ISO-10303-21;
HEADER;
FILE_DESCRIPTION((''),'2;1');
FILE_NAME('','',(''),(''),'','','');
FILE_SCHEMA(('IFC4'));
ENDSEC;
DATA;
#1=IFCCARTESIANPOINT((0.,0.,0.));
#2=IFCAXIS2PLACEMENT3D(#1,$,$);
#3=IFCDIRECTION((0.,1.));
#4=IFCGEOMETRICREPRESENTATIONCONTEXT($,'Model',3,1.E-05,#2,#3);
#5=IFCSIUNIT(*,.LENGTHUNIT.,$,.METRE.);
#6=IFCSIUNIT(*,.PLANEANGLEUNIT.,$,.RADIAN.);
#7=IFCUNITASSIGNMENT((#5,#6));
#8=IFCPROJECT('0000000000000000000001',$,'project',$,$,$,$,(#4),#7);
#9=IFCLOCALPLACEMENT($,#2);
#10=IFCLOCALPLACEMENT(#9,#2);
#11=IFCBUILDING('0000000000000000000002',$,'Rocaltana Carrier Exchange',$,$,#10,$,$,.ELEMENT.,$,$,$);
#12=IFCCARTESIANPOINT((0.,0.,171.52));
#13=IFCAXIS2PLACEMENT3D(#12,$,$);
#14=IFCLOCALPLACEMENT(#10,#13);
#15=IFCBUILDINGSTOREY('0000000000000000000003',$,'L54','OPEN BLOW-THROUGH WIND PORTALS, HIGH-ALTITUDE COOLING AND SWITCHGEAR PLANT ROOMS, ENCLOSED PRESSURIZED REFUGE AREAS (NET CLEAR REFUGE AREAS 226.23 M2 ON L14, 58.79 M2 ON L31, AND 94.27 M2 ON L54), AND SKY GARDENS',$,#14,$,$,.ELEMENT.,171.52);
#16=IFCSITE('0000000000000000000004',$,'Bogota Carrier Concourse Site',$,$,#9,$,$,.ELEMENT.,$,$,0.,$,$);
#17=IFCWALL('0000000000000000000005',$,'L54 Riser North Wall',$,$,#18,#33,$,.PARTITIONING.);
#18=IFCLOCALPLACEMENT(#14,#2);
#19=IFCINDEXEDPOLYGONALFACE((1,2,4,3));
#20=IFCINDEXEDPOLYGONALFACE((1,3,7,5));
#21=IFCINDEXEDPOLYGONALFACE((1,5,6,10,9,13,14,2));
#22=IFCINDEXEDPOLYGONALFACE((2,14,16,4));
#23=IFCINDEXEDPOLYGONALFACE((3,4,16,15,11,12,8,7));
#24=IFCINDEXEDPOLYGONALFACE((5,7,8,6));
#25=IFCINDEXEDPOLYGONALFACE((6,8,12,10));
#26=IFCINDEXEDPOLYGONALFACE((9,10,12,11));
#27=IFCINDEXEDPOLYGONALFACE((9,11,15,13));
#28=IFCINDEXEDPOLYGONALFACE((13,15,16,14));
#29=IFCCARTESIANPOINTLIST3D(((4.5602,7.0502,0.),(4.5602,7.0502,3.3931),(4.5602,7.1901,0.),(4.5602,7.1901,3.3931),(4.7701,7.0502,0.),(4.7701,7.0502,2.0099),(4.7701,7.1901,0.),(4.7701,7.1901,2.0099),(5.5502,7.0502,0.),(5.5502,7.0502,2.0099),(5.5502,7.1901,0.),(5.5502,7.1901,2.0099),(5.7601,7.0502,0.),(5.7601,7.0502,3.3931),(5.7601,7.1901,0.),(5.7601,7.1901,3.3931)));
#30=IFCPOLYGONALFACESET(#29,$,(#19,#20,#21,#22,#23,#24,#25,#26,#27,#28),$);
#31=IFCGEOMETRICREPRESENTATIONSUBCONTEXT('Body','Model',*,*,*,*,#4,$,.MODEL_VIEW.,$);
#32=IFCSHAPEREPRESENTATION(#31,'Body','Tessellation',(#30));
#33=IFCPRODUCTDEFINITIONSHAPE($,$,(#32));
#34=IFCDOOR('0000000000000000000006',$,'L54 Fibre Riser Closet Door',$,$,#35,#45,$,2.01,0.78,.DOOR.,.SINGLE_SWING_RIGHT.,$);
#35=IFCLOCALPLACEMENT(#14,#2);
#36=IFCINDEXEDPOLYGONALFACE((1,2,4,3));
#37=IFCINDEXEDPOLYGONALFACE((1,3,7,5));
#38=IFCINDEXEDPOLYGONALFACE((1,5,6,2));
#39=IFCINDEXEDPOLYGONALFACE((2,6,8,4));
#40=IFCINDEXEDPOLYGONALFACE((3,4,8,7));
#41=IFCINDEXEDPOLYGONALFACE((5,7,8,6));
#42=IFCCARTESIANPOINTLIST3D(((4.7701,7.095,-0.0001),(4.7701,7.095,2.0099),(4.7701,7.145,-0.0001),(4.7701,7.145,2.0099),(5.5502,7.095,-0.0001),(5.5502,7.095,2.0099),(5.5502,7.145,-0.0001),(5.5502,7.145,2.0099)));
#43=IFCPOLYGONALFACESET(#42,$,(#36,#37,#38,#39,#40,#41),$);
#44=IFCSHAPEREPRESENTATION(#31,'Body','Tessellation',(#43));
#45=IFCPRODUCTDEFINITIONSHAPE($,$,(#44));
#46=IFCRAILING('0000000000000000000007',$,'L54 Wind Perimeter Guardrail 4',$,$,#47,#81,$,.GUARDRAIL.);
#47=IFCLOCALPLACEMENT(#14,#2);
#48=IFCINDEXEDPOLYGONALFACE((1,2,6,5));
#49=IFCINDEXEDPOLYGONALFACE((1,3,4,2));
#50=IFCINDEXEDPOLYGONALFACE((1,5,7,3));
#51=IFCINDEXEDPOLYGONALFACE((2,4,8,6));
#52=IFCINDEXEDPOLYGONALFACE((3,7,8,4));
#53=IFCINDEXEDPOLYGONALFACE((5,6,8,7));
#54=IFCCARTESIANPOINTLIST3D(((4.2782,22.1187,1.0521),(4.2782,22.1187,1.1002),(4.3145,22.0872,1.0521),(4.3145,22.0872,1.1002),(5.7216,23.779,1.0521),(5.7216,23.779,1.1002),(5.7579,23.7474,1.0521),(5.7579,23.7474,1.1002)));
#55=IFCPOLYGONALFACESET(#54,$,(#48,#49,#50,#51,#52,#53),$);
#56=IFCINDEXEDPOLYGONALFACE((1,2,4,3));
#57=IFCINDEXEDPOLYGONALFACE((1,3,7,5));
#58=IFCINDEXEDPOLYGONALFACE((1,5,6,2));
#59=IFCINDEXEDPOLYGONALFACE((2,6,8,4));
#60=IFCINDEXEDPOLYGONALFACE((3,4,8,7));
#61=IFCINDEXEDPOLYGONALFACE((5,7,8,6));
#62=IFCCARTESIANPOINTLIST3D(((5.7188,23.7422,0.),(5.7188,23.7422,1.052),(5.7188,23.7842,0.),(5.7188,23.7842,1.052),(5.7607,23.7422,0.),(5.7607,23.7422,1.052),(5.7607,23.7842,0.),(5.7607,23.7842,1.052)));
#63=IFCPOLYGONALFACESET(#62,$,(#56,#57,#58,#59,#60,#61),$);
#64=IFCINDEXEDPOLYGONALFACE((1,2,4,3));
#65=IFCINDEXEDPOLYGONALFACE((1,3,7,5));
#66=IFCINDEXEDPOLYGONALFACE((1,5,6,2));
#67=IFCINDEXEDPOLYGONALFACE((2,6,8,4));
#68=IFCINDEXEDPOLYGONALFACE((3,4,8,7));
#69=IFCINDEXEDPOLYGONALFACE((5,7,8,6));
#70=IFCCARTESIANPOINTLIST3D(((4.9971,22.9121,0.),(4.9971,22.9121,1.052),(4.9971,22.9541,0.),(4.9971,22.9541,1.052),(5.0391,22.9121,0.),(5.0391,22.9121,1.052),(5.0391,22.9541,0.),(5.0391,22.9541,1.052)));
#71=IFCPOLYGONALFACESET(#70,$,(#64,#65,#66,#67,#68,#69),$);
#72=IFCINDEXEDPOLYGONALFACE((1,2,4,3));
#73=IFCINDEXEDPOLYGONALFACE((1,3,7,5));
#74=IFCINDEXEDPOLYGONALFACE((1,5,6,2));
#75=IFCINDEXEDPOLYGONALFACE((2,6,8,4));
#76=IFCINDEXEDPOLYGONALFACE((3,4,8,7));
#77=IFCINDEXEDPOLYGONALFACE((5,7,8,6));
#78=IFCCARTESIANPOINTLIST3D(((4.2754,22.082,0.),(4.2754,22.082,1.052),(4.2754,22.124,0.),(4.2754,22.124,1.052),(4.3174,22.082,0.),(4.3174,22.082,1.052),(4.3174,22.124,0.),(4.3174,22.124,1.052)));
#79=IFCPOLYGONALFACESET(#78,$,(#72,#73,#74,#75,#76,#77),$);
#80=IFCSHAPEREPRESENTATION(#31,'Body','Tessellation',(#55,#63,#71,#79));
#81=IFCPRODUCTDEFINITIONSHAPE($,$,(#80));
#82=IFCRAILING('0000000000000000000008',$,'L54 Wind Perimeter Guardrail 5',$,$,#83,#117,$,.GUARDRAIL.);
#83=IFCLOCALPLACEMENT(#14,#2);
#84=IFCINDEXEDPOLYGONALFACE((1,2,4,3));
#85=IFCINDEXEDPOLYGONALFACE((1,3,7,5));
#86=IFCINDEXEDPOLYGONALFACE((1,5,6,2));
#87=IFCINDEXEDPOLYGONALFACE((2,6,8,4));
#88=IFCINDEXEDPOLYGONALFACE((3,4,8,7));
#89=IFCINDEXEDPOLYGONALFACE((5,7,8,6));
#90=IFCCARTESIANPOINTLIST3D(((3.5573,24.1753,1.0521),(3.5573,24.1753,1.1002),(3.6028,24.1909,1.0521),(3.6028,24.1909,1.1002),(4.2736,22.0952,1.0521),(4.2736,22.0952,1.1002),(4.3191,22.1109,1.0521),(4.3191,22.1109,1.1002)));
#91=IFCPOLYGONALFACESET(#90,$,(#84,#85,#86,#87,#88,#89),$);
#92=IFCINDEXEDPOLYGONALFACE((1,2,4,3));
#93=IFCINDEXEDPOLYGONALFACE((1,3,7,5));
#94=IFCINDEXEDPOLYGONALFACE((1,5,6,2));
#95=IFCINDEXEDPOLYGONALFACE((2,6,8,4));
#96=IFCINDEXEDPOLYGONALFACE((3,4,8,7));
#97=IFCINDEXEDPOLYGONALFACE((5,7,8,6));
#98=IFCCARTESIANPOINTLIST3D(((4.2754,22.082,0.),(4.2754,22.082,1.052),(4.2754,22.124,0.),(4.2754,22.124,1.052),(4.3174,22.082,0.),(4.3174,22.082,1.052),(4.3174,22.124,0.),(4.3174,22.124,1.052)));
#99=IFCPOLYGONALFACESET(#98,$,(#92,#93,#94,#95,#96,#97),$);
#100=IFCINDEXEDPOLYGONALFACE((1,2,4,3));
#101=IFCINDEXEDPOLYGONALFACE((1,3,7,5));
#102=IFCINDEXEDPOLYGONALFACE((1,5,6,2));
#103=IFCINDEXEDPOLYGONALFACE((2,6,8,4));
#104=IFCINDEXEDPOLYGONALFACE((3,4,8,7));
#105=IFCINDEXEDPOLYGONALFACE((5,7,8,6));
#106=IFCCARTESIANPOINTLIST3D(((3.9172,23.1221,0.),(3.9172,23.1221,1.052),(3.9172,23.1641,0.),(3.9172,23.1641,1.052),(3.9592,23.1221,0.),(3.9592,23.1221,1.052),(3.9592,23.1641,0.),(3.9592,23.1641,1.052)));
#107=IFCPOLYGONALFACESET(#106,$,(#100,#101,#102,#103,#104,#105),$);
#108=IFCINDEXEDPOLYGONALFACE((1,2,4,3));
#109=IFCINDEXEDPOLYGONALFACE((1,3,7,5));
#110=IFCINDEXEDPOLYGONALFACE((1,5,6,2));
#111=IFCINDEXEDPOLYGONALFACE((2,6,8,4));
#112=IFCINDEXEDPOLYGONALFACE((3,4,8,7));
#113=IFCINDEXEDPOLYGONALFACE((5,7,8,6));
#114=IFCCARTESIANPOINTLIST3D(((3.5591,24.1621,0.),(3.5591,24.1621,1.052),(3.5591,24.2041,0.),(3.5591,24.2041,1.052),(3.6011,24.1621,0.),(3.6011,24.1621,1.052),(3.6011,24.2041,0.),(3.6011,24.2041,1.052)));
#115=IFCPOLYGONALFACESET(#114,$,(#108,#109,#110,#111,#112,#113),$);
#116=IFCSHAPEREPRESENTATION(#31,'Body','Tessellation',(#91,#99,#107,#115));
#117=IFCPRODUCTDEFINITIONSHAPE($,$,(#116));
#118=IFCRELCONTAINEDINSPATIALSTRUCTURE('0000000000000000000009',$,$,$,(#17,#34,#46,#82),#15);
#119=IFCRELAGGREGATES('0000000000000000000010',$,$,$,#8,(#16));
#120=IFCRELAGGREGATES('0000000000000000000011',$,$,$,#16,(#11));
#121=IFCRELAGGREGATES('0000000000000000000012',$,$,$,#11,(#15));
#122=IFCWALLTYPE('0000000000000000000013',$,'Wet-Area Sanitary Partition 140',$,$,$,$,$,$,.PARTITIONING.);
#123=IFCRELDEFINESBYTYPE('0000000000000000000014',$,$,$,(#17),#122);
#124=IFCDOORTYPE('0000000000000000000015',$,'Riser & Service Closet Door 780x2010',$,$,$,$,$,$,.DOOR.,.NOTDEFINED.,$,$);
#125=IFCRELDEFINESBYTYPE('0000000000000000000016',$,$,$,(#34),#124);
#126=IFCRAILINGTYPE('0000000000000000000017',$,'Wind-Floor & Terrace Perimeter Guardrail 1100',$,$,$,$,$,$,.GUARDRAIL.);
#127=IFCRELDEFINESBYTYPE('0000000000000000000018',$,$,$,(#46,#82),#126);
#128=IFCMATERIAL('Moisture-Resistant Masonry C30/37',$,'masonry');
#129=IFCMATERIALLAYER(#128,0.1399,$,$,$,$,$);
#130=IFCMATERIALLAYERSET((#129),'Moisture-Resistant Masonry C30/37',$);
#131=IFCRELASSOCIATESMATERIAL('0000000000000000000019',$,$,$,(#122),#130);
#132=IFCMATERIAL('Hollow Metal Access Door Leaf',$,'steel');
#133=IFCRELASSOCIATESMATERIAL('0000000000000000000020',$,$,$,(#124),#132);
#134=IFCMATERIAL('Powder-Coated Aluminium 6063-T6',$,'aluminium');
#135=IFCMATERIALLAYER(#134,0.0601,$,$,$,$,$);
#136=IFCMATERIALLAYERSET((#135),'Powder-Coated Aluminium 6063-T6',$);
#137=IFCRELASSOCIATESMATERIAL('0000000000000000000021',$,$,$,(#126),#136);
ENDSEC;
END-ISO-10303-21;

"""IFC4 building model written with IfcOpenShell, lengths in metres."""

from ifc_helpers import new_model, si_unit, direction, frame, frame_2d, origin, origin_2d, place, context, subcontext, project, spatial, rectangle, extrude, material, layer, layer_set, type_object, element, fill, save


model = new_model("IFC4")

# Units and contexts
model_context = context("Model", 3, precision=1e-05, world=origin(), true_north=direction((0.0, 1.0)))
body_context = subcontext(model_context, "Body", "Model", "MODEL_VIEW")
ifc_project = project(units=[si_unit("LENGTHUNIT", "METRE"), si_unit("PLANEANGLEUNIT", "RADIAN")], contexts=[model_context])

# Site, building, storey
site_placement = place(None, origin())
site = spatial("IfcSite", under=ifc_project, at=site_placement, Name="Bogota Carrier Concourse Site", CompositionType="ELEMENT", RefElevation=0.0)
building_placement = place(site_placement, origin())
building = spatial("IfcBuilding", under=site, at=building_placement, Name="Rocaltana Carrier Exchange", CompositionType="ELEMENT")
storey_placement = place(building_placement, frame((0.0, 0.0, 171.52)))
storey = spatial("IfcBuildingStorey", under=building, at=storey_placement, Name="L54", Description="OPEN BLOW-THROUGH WIND PORTALS, HIGH-ALTITUDE COOLING AND SWITCHGEAR PLANT ROOMS, ENCLOSED PRESSURIZED REFUGE AREAS (NET CLEAR REFUGE AREAS 226.23 M2 ON L14, 58.79 M2 ON L31, AND 94.27 M2 ON L54), AND SKY GARDENS", CompositionType="ELEMENT", Elevation=171.52)

# Wall, opening, door
ifc_material_1 = material(Name="Moisture-Resistant Masonry C30/37", Category="masonry")
ifc_layer_1 = layer(ifc_material_1, 0.1399)
ifc_layer_set_1 = layer_set([ifc_layer_1], Name="Moisture-Resistant Masonry C30/37")
wall_type_1 = type_object("IfcWallType", Name="Wet-Area Sanitary Partition 140", PredefinedType="PARTITIONING", material=ifc_layer_set_1)
wall_1_placement = place(storey_placement, frame((4.5601, 7.1201, 0.0), z_axis=(0.0, 0.0, 1.0), x_axis=(1.0, 0.0, 0.0)))
wall_1 = element("IfcWall", 1, at=wall_1_placement, inside=storey, type_object=wall_type_1, Name="L54 Riser North Wall", PredefinedType="PARTITIONING", context=body_context, shape_type="SweptSolid", body=[
    extrude(rectangle(XDim=1.2, YDim=0.1399, at=frame_2d((0.6001, 0.0))), origin(), (0.0, 0.0, 1.0), 3.3931),
])
opening_placement = place(wall_1_placement, frame((0.21, 0.0, 0.0)))
opening = element("IfcOpeningElement", 2, at=opening_placement, cuts=wall_1, PredefinedType="OPENING", context=body_context, shape_type="SweptSolid", body=[
    extrude(rectangle(XDim=0.78, YDim=2.01, at=frame_2d((0.3901, 1.0049))), frame((0.0, 0.0798, 0.0), z_axis=(0.0, -1.0, 0.0), x_axis=(1.0, 0.0, 0.0)), (0.0, 0.0, 1.0), 0.1599),
])
ifc_material_2 = material(Name="Hollow Metal Access Door Leaf", Category="steel")
door_type = type_object("IfcDoorType", Name="Riser & Service Closet Door 780x2010", OperationType="NOTDEFINED", PredefinedType="DOOR", material=ifc_material_2)
door_placement = place(opening_placement, origin())
door = element("IfcDoor", 3, at=door_placement, inside=storey, type_object=door_type, Name="L54 Fibre Riser Closet Door", OperationType="SINGLE_SWING_RIGHT", OverallHeight=2.01, OverallWidth=0.78, PredefinedType="DOOR", context=body_context, shape_type="SweptSolid", body=[
    extrude(rectangle(XDim=0.78, YDim=2.01, at=frame_2d((0.3901, 1.0049))), frame((0.0, 0.0249, 0.0), z_axis=(0.0, -1.0, 0.0), x_axis=(1.0, 0.0, 0.0)), (0.0, 0.0, 1.0), 0.05),
])
fill(opening, door)

# Railings
ifc_material_3 = material(Name="Powder-Coated Aluminium 6063-T6", Category="aluminium")
ifc_layer_2 = layer(ifc_material_3, 0.0601)
ifc_layer_set_2 = layer_set([ifc_layer_2], Name="Powder-Coated Aluminium 6063-T6")
railing_type = type_object("IfcRailingType", Name="Wind-Floor & Terrace Perimeter Guardrail 1100", PredefinedType="GUARDRAIL", material=ifc_layer_set_2)
railing_1_placement = place(storey_placement, frame((5.7397, 23.7632, 0.0)))
element("IfcRailing", 4, at=railing_1_placement, inside=storey, type_object=railing_type, Name="L54 Wind Perimeter Guardrail 4", PredefinedType="GUARDRAIL", context=body_context, shape_type="SweptSolid", body=[
    extrude(rectangle(XDim=0.0481, YDim=0.0481, at=origin_2d()), frame((0.0, 0.0, 1.0762), z_axis=(-0.656113, -0.754663, 0.0), x_axis=(0.754663, -0.656113, 0.0)), (0.0, 0.0, 1.0), 2.2),
    extrude(rectangle(XDim=0.042, YDim=0.042, at=origin_2d()), origin(), (0.0, 0.0, 1.0), 1.052),
    extrude(rectangle(XDim=0.042, YDim=0.042, at=origin_2d()), frame((-0.7217, -0.8301, 0.0)), (0.0, 0.0, 1.0), 1.052),
    extrude(rectangle(XDim=0.042, YDim=0.042, at=origin_2d()), frame((-1.4434, -1.6602, 0.0)), (0.0, 0.0, 1.0), 1.052),
])
railing_2_placement = place(storey_placement, frame((4.2964, 22.103, 0.0)))
element("IfcRailing", 5, at=railing_2_placement, inside=storey, type_object=railing_type, Name="L54 Wind Perimeter Guardrail 5", PredefinedType="GUARDRAIL", context=body_context, shape_type="SweptSolid", body=[
    extrude(rectangle(XDim=0.0481, YDim=0.0481, at=origin_2d()), frame((0.0, 0.0, 1.0762), z_axis=(-0.325601, 0.945507, 0.0), x_axis=(-0.945507, -0.325601, 0.0)), (0.0, 0.0, 1.0), 2.2),
    extrude(rectangle(XDim=0.042, YDim=0.042, at=origin_2d()), origin(), (0.0, 0.0, 1.0), 1.052),
    extrude(rectangle(XDim=0.042, YDim=0.042, at=origin_2d()), frame((-0.3582, 1.04, 0.0)), (0.0, 0.0, 1.0), 1.052),
    extrude(rectangle(XDim=0.042, YDim=0.042, at=origin_2d()), frame((-0.7163, 2.0801, 0.0)), (0.0, 0.0, 1.0), 1.052),
])

save(model, "model.ifc")
